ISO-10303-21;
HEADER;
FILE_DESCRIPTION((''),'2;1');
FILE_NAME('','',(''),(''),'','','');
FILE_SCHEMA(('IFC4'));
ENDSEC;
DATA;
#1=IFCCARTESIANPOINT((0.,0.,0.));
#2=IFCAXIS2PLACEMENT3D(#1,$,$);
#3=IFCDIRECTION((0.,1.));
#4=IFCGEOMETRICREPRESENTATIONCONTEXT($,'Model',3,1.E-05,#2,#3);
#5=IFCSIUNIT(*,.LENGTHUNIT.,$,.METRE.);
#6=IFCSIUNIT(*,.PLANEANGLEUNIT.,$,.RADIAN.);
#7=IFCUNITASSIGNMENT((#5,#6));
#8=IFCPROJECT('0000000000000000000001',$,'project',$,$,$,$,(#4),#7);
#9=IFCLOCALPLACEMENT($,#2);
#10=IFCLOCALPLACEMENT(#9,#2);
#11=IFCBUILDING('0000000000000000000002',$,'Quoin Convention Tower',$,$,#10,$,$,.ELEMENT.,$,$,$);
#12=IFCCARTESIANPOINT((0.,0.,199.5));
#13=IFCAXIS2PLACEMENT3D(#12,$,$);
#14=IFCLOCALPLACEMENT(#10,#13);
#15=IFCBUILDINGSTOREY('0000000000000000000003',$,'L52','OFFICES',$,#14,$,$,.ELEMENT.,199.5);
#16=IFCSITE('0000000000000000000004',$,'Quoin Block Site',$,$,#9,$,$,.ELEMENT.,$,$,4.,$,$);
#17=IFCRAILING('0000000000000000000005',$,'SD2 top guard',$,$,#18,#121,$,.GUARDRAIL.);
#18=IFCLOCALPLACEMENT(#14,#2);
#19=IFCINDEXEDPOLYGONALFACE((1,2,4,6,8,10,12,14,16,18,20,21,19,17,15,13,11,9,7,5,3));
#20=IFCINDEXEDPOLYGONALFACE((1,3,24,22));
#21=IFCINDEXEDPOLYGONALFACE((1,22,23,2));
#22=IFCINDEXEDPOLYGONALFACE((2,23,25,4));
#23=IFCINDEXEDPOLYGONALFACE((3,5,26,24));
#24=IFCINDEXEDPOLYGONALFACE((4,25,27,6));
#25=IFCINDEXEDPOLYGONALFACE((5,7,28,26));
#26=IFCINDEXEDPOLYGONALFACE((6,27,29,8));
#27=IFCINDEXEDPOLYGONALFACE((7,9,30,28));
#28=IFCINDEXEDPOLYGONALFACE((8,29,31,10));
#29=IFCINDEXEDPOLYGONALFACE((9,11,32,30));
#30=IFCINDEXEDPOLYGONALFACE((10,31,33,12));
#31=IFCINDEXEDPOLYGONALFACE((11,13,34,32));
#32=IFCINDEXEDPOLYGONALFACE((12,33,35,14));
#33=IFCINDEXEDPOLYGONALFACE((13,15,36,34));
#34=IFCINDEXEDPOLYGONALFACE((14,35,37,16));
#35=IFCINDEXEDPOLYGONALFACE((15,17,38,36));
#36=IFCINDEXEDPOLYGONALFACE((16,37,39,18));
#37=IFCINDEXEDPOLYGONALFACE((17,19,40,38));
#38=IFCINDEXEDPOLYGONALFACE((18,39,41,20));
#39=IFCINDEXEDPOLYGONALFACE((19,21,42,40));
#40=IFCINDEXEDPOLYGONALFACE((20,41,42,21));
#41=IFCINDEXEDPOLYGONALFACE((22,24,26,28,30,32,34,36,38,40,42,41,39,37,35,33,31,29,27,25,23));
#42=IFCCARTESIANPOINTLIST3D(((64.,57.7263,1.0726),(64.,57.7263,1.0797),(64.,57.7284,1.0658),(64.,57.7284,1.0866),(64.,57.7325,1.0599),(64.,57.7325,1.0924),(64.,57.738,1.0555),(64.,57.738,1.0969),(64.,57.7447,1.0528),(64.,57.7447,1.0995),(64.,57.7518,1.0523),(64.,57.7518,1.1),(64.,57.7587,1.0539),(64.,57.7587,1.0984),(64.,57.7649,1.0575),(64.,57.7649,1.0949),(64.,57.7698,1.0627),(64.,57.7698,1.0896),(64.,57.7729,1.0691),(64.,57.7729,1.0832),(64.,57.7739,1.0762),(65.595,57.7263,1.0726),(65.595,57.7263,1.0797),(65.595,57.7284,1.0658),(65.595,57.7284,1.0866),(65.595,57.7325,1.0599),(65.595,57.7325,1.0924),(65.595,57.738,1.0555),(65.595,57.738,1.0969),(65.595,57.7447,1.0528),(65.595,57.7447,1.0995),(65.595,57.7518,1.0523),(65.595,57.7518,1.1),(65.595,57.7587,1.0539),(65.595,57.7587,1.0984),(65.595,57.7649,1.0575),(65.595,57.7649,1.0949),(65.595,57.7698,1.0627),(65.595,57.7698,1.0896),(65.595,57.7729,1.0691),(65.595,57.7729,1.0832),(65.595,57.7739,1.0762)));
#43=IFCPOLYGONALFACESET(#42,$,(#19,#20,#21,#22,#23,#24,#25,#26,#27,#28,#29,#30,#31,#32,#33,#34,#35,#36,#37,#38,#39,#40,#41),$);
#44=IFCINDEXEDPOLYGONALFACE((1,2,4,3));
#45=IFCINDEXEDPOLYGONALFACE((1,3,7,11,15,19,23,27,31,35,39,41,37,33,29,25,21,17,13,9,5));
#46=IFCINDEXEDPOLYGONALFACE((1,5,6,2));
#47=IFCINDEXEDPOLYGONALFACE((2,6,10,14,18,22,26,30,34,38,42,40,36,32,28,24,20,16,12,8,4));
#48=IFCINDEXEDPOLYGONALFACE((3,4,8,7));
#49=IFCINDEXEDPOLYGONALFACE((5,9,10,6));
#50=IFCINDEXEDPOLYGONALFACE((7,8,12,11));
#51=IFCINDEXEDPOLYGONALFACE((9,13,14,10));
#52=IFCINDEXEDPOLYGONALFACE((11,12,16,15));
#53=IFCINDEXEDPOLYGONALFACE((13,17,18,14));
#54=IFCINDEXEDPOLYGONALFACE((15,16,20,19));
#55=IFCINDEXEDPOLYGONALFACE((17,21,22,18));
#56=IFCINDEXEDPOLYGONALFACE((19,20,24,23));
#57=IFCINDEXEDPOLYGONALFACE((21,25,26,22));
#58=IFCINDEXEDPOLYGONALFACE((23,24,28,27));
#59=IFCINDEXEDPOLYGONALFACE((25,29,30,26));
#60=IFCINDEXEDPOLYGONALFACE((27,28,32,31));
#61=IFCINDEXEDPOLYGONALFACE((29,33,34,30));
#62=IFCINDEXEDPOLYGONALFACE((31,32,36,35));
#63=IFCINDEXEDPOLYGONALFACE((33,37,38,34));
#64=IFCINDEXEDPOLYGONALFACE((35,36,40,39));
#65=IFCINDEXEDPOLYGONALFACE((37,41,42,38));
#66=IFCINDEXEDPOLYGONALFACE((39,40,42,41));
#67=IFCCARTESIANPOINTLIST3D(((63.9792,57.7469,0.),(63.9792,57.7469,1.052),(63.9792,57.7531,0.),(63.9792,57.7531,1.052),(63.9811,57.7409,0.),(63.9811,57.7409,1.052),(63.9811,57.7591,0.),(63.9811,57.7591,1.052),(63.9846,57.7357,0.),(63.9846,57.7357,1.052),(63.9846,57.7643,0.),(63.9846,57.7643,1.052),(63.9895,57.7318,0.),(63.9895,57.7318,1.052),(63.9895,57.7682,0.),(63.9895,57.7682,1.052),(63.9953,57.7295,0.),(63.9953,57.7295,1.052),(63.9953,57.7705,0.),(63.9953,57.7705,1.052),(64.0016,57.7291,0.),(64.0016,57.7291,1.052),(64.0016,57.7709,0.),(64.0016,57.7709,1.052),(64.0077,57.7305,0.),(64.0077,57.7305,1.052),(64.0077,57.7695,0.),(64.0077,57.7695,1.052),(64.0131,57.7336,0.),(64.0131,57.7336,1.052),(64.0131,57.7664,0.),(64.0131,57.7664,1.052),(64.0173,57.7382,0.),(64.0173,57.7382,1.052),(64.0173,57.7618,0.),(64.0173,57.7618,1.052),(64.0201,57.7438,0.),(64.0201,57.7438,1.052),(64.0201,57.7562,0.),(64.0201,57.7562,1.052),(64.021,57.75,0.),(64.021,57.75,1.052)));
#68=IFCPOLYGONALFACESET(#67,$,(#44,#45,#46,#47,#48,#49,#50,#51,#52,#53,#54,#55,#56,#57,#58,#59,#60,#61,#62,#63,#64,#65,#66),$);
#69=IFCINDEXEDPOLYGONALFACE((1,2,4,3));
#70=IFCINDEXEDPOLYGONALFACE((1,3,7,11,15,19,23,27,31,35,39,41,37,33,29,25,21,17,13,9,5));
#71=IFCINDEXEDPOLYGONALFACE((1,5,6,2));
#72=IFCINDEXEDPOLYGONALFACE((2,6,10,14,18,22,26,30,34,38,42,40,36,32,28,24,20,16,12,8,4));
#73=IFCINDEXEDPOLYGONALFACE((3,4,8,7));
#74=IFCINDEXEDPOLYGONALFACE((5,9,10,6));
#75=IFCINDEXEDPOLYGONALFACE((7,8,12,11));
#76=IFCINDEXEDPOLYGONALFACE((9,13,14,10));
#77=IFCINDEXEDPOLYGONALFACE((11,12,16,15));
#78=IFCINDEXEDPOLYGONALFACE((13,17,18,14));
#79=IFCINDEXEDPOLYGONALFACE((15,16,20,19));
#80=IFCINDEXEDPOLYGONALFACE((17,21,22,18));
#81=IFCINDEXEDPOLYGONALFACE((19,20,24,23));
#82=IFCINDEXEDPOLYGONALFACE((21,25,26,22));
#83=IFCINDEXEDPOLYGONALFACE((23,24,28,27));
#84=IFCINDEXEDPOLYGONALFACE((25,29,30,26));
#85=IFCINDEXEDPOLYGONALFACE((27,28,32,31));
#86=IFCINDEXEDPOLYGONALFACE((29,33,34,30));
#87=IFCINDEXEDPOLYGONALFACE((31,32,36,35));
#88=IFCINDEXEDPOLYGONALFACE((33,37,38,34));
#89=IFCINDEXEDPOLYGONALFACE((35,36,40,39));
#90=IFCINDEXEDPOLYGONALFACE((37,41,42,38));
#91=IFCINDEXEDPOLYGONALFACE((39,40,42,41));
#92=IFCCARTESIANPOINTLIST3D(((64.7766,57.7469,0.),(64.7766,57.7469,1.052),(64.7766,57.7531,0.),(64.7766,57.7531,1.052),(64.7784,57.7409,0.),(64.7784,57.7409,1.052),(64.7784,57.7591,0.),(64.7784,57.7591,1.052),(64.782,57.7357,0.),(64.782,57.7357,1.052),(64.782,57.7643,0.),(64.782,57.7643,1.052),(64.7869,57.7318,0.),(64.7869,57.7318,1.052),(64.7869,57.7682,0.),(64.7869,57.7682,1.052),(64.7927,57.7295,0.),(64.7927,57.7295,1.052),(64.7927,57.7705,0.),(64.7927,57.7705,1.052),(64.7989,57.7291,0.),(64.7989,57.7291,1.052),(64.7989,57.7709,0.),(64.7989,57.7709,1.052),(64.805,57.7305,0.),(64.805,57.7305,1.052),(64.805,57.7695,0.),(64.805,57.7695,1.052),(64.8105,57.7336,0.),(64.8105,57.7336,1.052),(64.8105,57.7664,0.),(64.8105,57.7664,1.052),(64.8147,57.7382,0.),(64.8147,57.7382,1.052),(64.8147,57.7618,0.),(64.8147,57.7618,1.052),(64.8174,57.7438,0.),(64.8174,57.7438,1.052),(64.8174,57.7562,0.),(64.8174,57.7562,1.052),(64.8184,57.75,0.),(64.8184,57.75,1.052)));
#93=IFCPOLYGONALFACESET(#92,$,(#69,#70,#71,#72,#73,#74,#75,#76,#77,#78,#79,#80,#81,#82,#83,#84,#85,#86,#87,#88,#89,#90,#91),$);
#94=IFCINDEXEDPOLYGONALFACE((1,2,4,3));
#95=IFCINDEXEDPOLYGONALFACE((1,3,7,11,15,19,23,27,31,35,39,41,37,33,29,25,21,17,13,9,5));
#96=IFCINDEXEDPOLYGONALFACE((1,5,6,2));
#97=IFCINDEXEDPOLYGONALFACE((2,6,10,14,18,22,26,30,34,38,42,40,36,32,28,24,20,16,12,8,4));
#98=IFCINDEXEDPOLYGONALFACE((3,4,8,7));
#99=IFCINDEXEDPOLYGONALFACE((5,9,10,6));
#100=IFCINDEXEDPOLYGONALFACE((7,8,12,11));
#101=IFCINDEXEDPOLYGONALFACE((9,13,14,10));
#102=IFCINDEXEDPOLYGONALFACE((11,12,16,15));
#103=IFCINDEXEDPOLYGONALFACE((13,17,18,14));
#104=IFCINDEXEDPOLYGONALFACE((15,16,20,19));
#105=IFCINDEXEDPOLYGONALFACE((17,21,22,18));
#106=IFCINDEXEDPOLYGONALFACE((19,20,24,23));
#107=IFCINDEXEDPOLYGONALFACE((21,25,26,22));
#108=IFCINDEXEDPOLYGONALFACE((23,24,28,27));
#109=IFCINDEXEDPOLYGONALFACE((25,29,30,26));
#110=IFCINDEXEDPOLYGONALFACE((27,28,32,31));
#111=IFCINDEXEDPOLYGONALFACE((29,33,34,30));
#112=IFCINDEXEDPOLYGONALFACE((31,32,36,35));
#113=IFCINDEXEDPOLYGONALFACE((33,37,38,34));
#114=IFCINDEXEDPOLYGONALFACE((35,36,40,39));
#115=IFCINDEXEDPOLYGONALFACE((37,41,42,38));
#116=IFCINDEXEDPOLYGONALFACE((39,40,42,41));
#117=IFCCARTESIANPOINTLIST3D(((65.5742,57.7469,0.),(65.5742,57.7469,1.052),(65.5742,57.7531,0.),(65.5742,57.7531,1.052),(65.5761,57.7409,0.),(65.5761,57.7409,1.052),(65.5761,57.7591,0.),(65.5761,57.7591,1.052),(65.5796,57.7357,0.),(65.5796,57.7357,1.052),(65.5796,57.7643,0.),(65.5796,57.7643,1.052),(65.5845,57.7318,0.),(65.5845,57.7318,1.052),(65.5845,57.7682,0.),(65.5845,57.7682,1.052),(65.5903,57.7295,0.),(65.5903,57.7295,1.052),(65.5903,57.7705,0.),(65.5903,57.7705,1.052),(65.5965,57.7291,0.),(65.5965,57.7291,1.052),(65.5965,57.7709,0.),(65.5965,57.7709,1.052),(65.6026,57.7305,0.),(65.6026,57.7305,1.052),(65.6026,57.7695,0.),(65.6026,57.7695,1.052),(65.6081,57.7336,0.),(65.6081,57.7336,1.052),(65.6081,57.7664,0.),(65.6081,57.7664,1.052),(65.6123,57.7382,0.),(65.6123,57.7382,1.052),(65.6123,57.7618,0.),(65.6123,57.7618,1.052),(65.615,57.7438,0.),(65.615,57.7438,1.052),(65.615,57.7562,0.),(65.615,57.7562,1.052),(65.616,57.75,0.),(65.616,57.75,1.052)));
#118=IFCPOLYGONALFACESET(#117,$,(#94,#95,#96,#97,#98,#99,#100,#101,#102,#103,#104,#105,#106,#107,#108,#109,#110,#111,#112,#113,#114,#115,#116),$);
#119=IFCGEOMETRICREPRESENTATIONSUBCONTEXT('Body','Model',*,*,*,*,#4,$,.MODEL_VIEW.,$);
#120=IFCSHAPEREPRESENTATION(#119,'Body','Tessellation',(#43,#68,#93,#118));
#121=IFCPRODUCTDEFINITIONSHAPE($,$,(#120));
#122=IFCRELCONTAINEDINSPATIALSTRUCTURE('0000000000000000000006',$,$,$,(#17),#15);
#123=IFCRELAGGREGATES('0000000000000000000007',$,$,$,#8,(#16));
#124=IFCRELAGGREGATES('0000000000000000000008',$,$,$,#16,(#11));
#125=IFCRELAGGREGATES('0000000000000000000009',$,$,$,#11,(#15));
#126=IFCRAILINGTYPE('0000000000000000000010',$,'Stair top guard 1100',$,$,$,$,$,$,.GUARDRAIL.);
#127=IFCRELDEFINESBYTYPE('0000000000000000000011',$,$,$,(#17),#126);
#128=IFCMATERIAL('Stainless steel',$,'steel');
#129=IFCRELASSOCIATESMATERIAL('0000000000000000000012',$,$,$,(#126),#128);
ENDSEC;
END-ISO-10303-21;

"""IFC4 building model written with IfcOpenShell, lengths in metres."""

from ifc_helpers import new_model, si_unit, direction, frame, origin, origin_2d, place, context, subcontext, project, spatial, circle, extrude, material, type_object, element, save


model = new_model("IFC4")

# Units and contexts
model_context = context("Model", 3, precision=1e-05, world=origin(), true_north=direction((0.0, 1.0)))
body_context = subcontext(model_context, "Body", "Model", "MODEL_VIEW")
ifc_project = project(units=[si_unit("LENGTHUNIT", "METRE"), si_unit("PLANEANGLEUNIT", "RADIAN")], contexts=[model_context])

# Site, building, storey
site_placement = place(None, origin())
site = spatial("IfcSite", under=ifc_project, at=site_placement, Name="Quoin Block Site", CompositionType="ELEMENT", RefElevation=4.0)
building_placement = place(site_placement, origin())
building = spatial("IfcBuilding", under=site, at=building_placement, Name="Quoin Convention Tower", CompositionType="ELEMENT")
storey_placement = place(building_placement, frame((0.0, 0.0, 199.5)))
storey = spatial("IfcBuildingStorey", under=building, at=storey_placement, Name="L52", Description="OFFICES", CompositionType="ELEMENT", Elevation=199.5)

# Railing
ifc_material_1 = material(Name="Stainless steel", Category="steel")
railing_type_1 = type_object("IfcRailingType", Name="Stair top guard 1100", PredefinedType="GUARDRAIL", material=ifc_material_1)
railing_1_placement = place(storey_placement, frame((64.0, 57.75, 0.0)))
element("IfcRailing", 1, at=railing_1_placement, inside=storey, type_object=railing_type_1, Name="SD2 top guard", PredefinedType="GUARDRAIL", context=body_context, shape_type="SweptSolid", body=[
    extrude(circle(Radius=0.0239, at=origin_2d()), frame((0.0, 0.0, 1.0762), z_axis=(1.0, 0.0, 0.0), x_axis=(0.0, 1.0, 0.0)), (0.0, 0.0, 1.0), 1.595),
    extrude(circle(Radius=0.021, at=origin_2d()), origin(), (0.0, 0.0, 1.0), 1.052),
    extrude(circle(Radius=0.021, at=origin_2d()), frame((0.7974, 0.0, 0.0)), (0.0, 0.0, 1.0), 1.052),
    extrude(circle(Radius=0.021, at=origin_2d()), frame((1.595, 0.0, 0.0)), (0.0, 0.0, 1.0), 1.052),
])

save(model, "model.ifc")
